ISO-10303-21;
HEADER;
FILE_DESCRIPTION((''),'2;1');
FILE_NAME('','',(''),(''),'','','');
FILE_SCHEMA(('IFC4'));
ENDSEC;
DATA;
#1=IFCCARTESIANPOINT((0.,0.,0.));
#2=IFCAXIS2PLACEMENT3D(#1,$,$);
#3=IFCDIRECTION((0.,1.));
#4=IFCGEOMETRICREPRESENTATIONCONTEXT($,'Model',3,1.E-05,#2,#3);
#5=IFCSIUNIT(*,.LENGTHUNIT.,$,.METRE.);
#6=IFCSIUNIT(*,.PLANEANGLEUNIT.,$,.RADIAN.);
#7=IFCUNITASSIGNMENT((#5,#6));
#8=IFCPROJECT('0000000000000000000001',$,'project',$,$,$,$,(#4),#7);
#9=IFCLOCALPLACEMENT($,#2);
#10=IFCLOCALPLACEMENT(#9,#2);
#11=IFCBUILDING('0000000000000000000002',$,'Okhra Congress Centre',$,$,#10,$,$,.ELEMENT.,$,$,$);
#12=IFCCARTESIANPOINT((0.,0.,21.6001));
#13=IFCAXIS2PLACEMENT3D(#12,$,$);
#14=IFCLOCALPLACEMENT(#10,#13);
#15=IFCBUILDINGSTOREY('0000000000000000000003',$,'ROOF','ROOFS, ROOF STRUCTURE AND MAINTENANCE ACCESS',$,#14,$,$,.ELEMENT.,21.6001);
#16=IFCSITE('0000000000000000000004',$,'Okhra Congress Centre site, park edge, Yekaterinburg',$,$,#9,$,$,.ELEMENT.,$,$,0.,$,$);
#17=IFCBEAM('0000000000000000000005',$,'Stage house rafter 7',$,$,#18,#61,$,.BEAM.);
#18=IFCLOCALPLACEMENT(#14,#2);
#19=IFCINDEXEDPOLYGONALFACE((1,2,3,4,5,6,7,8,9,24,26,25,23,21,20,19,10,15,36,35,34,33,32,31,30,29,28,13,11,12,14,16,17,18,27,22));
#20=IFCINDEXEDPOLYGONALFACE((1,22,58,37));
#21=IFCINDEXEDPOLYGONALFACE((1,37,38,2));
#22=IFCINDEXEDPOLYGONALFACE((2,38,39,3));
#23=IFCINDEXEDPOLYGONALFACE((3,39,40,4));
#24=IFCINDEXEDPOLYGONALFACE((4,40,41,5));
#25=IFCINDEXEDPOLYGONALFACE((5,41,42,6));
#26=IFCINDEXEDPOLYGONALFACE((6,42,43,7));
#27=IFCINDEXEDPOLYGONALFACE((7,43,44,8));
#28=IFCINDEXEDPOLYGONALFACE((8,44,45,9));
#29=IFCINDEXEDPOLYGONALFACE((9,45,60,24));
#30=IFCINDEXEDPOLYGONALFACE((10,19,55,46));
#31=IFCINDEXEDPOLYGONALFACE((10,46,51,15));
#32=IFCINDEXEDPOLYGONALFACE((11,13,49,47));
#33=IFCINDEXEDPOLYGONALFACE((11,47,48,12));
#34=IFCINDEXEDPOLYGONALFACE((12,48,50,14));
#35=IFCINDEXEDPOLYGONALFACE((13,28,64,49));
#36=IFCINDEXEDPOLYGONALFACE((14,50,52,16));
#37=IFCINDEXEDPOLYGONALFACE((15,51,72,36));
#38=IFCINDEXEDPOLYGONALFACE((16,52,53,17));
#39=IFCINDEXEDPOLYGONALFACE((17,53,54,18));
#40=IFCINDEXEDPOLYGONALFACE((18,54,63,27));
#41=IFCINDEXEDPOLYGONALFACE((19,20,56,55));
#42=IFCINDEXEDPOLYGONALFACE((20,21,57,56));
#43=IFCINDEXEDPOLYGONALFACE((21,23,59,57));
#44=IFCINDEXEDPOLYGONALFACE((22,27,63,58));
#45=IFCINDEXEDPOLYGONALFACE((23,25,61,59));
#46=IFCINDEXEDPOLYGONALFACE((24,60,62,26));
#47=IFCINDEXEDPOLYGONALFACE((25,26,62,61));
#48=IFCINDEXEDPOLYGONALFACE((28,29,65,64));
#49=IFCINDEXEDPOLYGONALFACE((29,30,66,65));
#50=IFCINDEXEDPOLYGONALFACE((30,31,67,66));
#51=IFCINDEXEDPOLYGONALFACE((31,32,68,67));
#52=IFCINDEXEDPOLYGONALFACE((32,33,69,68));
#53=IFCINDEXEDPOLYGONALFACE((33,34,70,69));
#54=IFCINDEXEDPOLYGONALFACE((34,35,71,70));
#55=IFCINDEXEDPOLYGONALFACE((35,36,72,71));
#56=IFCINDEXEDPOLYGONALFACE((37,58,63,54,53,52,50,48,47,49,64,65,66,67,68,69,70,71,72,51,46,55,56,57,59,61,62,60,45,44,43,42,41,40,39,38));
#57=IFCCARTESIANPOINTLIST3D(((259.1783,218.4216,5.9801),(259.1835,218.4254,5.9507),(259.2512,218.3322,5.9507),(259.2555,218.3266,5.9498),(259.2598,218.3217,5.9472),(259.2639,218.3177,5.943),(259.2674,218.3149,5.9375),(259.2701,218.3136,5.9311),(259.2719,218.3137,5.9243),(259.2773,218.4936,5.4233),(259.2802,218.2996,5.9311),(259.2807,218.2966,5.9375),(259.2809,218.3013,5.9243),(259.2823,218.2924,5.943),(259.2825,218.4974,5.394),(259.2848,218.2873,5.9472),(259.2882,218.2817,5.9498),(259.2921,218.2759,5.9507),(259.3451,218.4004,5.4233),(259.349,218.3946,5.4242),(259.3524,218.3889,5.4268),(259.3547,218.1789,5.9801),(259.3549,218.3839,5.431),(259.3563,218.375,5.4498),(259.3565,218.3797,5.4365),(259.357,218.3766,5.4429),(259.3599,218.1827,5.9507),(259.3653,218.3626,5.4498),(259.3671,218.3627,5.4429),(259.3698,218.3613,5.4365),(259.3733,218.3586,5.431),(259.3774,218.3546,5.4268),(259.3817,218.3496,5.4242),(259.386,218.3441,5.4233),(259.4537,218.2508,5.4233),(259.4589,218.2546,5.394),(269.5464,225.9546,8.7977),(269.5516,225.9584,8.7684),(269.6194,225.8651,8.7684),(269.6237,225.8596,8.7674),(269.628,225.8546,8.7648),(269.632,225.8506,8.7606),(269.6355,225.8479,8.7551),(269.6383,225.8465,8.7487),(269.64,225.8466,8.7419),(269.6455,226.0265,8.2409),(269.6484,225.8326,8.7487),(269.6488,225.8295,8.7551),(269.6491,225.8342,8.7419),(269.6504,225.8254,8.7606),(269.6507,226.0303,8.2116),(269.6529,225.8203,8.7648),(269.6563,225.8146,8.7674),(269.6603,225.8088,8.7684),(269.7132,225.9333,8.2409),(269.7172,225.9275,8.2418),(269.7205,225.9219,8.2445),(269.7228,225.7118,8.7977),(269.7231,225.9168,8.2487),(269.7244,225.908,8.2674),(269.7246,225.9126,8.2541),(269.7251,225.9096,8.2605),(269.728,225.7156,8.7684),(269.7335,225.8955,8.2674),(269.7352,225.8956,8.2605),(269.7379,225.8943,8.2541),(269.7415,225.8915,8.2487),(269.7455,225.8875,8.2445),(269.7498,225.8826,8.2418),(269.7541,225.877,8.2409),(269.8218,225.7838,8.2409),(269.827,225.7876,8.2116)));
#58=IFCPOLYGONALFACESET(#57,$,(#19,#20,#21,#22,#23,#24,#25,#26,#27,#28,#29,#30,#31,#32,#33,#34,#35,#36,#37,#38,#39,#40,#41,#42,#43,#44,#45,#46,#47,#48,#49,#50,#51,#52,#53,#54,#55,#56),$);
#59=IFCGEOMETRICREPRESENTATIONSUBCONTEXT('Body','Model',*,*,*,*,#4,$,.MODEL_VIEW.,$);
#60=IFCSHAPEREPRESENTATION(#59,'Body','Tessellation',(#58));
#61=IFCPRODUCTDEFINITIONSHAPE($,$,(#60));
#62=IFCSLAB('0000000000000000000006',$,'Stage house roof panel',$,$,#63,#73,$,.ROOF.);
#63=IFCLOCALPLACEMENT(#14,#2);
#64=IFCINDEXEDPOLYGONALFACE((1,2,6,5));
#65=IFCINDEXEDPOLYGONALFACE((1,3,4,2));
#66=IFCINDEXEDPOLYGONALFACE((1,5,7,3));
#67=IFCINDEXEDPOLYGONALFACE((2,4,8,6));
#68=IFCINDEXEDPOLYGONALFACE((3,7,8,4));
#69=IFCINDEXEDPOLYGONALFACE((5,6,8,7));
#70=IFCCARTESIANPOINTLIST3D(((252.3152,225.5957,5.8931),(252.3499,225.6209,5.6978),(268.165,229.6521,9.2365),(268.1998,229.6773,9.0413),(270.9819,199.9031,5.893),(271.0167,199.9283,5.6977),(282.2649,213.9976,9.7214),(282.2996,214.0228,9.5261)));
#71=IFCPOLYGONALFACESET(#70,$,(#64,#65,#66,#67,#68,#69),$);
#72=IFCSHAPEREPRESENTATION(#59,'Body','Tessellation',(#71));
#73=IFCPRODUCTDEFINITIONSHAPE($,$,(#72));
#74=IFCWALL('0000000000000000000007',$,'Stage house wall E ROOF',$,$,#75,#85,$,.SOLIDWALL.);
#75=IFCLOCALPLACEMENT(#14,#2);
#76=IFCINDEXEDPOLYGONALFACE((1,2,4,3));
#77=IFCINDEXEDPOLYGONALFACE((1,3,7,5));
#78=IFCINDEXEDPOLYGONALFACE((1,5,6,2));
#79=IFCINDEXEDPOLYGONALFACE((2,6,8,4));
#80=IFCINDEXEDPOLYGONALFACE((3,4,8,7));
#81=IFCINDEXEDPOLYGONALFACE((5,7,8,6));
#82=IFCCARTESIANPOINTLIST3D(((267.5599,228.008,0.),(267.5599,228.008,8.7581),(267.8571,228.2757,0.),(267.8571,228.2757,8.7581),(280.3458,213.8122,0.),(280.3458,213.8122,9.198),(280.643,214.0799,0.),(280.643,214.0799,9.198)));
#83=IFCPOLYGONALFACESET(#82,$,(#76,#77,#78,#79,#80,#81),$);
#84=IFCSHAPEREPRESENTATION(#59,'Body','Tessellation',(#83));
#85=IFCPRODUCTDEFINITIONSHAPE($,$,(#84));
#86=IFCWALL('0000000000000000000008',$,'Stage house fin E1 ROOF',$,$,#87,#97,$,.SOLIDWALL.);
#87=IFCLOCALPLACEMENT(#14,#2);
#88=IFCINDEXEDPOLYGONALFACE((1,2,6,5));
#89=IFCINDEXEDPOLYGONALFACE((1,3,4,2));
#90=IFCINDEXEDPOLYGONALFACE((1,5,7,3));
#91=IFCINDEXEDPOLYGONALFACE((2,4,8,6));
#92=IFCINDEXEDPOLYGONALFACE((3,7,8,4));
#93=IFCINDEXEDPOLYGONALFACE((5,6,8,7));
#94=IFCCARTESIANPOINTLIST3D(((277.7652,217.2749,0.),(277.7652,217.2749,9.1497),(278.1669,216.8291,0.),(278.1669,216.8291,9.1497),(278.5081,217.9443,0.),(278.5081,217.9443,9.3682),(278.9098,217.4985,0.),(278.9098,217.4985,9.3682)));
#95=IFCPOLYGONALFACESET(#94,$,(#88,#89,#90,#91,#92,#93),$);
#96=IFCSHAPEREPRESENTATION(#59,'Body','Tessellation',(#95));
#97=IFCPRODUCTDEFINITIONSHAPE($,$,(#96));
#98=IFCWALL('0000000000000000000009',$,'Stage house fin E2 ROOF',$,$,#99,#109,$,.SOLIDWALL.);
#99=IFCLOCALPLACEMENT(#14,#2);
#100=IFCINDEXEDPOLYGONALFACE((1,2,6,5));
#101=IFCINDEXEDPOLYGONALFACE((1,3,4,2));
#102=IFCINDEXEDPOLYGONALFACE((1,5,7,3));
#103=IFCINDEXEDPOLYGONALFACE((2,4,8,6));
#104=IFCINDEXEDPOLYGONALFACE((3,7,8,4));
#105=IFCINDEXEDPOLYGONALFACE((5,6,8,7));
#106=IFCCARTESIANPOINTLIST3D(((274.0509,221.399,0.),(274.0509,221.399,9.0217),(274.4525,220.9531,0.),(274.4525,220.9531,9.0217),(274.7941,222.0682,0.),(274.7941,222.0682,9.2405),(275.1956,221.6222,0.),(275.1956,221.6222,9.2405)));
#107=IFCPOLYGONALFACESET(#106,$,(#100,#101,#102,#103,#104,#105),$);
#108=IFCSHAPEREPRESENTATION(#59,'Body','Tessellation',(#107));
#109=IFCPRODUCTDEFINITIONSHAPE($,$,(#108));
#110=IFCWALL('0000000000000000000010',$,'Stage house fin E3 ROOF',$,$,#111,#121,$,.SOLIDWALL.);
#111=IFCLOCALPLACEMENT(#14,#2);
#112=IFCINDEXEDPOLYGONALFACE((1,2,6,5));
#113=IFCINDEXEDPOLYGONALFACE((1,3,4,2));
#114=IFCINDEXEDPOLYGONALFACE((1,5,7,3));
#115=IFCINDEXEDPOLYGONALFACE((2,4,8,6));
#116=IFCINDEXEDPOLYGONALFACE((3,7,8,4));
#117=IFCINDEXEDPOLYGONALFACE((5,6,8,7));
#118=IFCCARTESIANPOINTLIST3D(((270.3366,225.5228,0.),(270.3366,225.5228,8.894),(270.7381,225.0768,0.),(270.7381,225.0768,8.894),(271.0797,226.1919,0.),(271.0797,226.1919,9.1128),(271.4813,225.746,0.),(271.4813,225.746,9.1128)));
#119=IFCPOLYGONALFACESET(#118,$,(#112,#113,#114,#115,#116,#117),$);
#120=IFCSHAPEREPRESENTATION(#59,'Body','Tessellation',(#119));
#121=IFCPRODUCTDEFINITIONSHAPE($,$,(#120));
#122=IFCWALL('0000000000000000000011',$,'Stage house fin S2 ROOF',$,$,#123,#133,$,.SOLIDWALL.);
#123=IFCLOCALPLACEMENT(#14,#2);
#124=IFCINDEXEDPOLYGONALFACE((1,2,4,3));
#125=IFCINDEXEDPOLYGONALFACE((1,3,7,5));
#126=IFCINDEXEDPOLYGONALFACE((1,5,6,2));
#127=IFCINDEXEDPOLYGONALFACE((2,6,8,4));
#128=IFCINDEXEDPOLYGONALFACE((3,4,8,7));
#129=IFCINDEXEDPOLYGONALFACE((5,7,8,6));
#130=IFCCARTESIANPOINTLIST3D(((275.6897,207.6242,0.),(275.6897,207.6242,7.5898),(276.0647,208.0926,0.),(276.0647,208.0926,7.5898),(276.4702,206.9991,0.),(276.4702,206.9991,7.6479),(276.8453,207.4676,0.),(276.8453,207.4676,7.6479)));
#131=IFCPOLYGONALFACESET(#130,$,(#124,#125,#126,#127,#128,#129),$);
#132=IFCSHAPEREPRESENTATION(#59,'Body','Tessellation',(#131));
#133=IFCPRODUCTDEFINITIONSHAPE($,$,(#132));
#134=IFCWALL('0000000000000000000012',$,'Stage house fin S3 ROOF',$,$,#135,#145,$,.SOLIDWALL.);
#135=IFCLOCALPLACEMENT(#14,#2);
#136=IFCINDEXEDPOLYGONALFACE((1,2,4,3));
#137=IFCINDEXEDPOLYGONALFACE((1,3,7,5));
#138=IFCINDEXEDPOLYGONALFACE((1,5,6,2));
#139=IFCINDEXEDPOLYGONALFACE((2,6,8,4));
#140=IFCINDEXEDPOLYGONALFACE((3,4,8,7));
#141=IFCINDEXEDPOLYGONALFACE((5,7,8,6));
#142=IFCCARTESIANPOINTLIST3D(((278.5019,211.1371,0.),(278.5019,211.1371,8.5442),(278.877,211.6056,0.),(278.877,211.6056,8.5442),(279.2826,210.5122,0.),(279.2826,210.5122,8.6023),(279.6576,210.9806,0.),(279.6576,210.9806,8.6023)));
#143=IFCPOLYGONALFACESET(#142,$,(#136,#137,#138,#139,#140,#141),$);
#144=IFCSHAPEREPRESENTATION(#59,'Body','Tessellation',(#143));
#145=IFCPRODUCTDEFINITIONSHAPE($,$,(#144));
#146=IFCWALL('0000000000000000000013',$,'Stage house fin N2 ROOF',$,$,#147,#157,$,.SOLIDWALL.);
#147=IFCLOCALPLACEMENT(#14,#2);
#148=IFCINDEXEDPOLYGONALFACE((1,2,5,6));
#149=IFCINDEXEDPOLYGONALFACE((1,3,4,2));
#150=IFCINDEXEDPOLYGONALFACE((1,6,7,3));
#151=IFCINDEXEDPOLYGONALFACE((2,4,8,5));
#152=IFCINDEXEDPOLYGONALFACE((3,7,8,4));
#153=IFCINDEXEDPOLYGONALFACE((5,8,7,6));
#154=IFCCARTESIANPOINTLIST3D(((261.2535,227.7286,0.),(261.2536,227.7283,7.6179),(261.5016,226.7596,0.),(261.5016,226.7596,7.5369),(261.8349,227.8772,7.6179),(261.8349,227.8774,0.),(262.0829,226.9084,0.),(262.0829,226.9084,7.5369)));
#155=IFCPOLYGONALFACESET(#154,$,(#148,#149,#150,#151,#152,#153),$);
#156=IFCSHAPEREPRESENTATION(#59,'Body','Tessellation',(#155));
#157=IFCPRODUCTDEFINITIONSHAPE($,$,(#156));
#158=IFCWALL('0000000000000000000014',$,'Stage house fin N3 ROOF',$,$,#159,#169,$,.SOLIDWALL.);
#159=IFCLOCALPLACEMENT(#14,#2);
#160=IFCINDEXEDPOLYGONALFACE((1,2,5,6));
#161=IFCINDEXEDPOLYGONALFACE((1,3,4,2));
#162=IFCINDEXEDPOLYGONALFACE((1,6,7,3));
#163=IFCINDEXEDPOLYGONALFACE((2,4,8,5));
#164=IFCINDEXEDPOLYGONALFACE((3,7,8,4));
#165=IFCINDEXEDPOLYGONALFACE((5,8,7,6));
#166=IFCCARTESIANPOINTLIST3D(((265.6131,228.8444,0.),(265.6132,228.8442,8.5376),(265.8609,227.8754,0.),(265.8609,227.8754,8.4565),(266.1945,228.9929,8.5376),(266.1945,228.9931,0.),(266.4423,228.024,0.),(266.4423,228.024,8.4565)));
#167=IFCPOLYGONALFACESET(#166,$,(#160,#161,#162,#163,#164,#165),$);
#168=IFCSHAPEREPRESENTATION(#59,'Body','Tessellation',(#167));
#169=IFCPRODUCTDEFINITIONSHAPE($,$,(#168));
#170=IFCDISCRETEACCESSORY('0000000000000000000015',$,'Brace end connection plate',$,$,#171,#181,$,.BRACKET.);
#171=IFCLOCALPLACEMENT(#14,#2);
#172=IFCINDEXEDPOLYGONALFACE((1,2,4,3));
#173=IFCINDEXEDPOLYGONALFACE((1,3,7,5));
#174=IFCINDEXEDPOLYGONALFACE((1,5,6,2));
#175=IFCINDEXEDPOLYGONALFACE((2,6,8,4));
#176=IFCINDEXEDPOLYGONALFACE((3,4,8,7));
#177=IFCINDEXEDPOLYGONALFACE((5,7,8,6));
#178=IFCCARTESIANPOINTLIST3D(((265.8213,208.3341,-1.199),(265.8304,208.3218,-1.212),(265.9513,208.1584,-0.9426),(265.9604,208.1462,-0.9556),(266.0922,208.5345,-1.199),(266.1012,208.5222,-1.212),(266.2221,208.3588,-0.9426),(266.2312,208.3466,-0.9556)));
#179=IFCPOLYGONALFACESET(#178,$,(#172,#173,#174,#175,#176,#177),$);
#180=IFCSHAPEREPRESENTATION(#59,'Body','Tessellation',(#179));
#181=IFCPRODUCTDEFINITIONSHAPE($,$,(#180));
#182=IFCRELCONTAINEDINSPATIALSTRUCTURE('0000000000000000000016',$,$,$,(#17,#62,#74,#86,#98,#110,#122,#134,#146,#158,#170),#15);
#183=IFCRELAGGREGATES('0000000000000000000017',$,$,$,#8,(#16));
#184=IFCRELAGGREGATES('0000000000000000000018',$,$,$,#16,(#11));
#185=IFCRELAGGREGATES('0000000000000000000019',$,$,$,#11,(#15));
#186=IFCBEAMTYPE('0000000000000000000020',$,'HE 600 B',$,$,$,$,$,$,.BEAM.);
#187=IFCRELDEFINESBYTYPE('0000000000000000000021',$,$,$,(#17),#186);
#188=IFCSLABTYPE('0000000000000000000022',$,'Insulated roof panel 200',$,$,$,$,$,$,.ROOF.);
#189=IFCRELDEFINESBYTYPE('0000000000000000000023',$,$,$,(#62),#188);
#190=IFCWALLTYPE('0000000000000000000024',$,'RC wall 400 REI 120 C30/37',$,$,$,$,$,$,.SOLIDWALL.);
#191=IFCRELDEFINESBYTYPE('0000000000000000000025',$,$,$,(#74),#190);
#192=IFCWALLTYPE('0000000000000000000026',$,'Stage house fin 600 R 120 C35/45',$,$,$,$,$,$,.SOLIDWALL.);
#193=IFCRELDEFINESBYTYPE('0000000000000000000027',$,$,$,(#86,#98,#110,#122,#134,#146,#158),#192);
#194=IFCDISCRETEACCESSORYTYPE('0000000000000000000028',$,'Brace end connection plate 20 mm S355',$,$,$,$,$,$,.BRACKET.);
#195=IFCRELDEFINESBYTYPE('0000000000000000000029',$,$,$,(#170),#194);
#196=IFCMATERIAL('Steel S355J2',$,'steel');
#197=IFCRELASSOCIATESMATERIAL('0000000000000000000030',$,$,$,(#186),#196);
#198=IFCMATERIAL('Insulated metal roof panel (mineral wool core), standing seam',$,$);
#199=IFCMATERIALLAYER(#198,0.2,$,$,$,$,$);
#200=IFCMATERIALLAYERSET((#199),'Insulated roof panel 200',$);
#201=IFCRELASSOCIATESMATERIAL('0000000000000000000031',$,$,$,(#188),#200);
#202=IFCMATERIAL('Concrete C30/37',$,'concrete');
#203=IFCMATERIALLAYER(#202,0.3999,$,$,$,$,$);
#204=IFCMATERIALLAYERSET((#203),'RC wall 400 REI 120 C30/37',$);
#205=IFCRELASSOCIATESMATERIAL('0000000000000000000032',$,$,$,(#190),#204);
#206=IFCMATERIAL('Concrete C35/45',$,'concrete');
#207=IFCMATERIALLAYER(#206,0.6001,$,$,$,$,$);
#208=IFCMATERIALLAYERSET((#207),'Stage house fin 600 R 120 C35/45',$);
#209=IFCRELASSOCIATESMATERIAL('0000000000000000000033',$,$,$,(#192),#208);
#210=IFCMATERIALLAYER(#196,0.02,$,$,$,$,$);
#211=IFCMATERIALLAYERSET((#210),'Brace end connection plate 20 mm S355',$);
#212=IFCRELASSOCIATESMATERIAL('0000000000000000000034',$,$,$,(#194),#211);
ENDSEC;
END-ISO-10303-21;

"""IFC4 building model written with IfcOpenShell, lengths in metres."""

from ifc_helpers import new_model, si_unit, direction, frame, origin, origin_2d, place, context, subcontext, project, spatial, polyline, rectangle, i_section, outline, extrude, material, layer, layer_set, material_profile, profile_set, type_object, element, save


model = new_model("IFC4")

# Units and contexts
model_context = context("Model", 3, precision=1e-05, world=origin(), true_north=direction((0.0, 1.0)))
body_context = subcontext(model_context, "Body", "Model", "MODEL_VIEW")
ifc_project = project(units=[si_unit("LENGTHUNIT", "METRE"), si_unit("PLANEANGLEUNIT", "RADIAN")], contexts=[model_context])

# Site, building, storey
site_placement = place(None, origin())
site = spatial("IfcSite", under=ifc_project, at=site_placement, Name="Okhra Congress Centre site, park edge, Yekaterinburg", CompositionType="ELEMENT", RefElevation=0.0)
building_placement = place(site_placement, origin())
building = spatial("IfcBuilding", under=site, at=building_placement, Name="Okhra Congress Centre", CompositionType="ELEMENT")
storey_placement = place(building_placement, frame((0.0, 0.0, 21.6001)))
storey = spatial("IfcBuildingStorey", under=building, at=storey_placement, Name="ROOF", Description="ROOFS, ROOF STRUCTURE AND MAINTENANCE ACCESS", CompositionType="ELEMENT", Elevation=21.6001)

# Beam
ifc_material_1 = material(Name="Steel S355J2", Category="steel")
ifc_material_profile_1 = material_profile(ifc_material_1, i_section(OverallWidth=0.3, OverallDepth=0.6001, WebThickness=0.0154, FlangeThickness=0.03, FilletRadius=0.0271, at=origin_2d()), Name="HE 600 B")
ifc_profile_set_1 = profile_set([ifc_material_profile_1], Name="Steel S355J2")
beam_type = type_object("IfcBeamType", Name="HE 600 B", PredefinedType="BEAM", material=ifc_profile_set_1)
beam_1_placement = place(storey_placement, frame((259.3186, 218.3381, 5.687), z_axis=(0.790144, 0.574077, 0.214728), x_axis=(-0.587788, 0.809015, 0.0)))
element("IfcBeam", 1, at=beam_1_placement, inside=storey, type_object=beam_type, Name="Stage house rafter 7", PredefinedType="BEAM", context=body_context, shape_type="SweptSolid", body=[
    extrude(i_section(OverallWidth=0.3, OverallDepth=0.6001, WebThickness=0.0154, FlangeThickness=0.03, FilletRadius=0.0271, at=origin_2d()), origin(), (0.0, 0.0, 1.0), 13.1218),
])

# Slab
ifc_material_2 = material(Name="Insulated metal roof panel (mineral wool core), standing seam")
ifc_layer_1 = layer(ifc_material_2, 0.2)
ifc_layer_set_1 = layer_set([ifc_layer_1], Name="Insulated roof panel 200")
slab_type = type_object("IfcSlabType", Name="Insulated roof panel 200", PredefinedType="ROOF", material=ifc_layer_set_1)
slab_placement = place(storey_placement, frame((282.2649, 213.9976, 9.7214), z_axis=(-0.173723, -0.126218, 0.976673), x_axis=(-0.66907, 0.742843, -0.023009)))
element("IfcSlab", 2, at=slab_placement, inside=storey, type_object=slab_type, Name="Stage house roof panel", PredefinedType="ROOF", context=body_context, shape_type="SweptSolid", body=[
    extrude(outline(polyline([(0.0, 0.0), (21.0738, 0.0), (28.7421, 14.834), (-2.8328, 18.2371), (0.0, 0.0)])), origin(), (0.0, 0.0, -1.0), 0.2),
])

# Walls
ifc_material_3 = material(Name="Concrete C30/37", Category="concrete")
ifc_layer_2 = layer(ifc_material_3, 0.3999)
ifc_layer_set_2 = layer_set([ifc_layer_2], Name="RC wall 400 REI 120 C30/37")
wall_type_1 = type_object("IfcWallType", Name="RC wall 400 REI 120 C30/37", PredefinedType="SOLIDWALL", material=ifc_layer_set_2)
wall_1_placement = place(storey_placement, frame((280.4944, 213.946, 0.0), z_axis=(0.0, 0.0, 1.0), x_axis=(-0.669244, 0.743042, 0.0)))
element("IfcWall", 3, at=wall_1_placement, inside=storey, type_object=wall_type_1, Name="Stage house wall E ROOF", PredefinedType="SOLIDWALL", context=body_context, shape_type="SweptSolid", body=[
    extrude(outline(polyline([(0.0, 0.0), (19.105, 0.0), (19.105, 8.7581), (0.0, 9.198), (0.0, 0.0)])), frame((0.0, 0.2, 0.0), z_axis=(0.0, -1.0, 0.0), x_axis=(1.0, 0.0, 0.0)), (0.0, 0.0, 1.0), 0.3999),
])
ifc_material_4 = material(Name="Concrete C35/45", Category="concrete")
ifc_layer_3 = layer(ifc_material_4, 0.6001)
ifc_layer_set_3 = layer_set([ifc_layer_3], Name="Stage house fin 600 R 120 C35/45")
wall_type_2 = type_object("IfcWallType", Name="Stage house fin 600 R 120 C35/45", PredefinedType="SOLIDWALL", material=ifc_layer_set_3)
wall_2_placement = place(storey_placement, frame((277.9661, 217.052, 0.0), z_axis=(0.0, 0.0, 1.0), x_axis=(0.742893, 0.66941, 0.0)))
element("IfcWall", 4, at=wall_2_placement, inside=storey, type_object=wall_type_2, Name="Stage house fin E1 ROOF", PredefinedType="SOLIDWALL", context=body_context, shape_type="SweptSolid", body=[
    extrude(outline(polyline([(0.0, 0.0), (1.0, 0.0), (1.0, 9.3682), (0.0, 9.1497), (0.0, 0.0)])), frame((0.0, 0.3, 0.0), z_axis=(0.0, -1.0, 0.0), x_axis=(1.0, 0.0, 0.0)), (0.0, 0.0, 1.0), 0.6001),
])
wall_3_placement = place(storey_placement, frame((274.2517, 221.176, 0.0), z_axis=(0.0, 0.0, 1.0), x_axis=(0.743124, 0.669154, 0.0)))
element("IfcWall", 5, at=wall_3_placement, inside=storey, type_object=wall_type_2, Name="Stage house fin E2 ROOF", PredefinedType="SOLIDWALL", context=body_context, shape_type="SweptSolid", body=[
    extrude(outline(polyline([(0.0, 0.0), (1.0, 0.0), (1.0, 9.2405), (0.0, 9.0217), (0.0, 0.0)])), frame((0.0, 0.3, 0.0), z_axis=(0.0, -1.0, 0.0), x_axis=(1.0, 0.0, 0.0)), (0.0, 0.0, 1.0), 0.6001),
])
wall_4_placement = place(storey_placement, frame((270.5374, 225.2998, 0.0), z_axis=(0.0, 0.0, 1.0), x_axis=(0.743124, 0.669154, 0.0)))
element("IfcWall", 6, at=wall_4_placement, inside=storey, type_object=wall_type_2, Name="Stage house fin E3 ROOF", PredefinedType="SOLIDWALL", context=body_context, shape_type="SweptSolid", body=[
    extrude(outline(polyline([(0.0, 0.0), (1.0, 0.0), (1.0, 9.1128), (0.0, 8.894), (0.0, 0.0)])), frame((0.0, 0.3, 0.0), z_axis=(0.0, -1.0, 0.0), x_axis=(1.0, 0.0, 0.0)), (0.0, 0.0, 1.0), 0.6001),
])
wall_5_placement = place(storey_placement, frame((275.8772, 207.8584, 0.0), z_axis=(0.0, 0.0, 1.0), x_axis=(0.780583, -0.625052, 0.0)))
element("IfcWall", 7, at=wall_5_placement, inside=storey, type_object=wall_type_2, Name="Stage house fin S2 ROOF", PredefinedType="SOLIDWALL", context=body_context, shape_type="SweptSolid", body=[
    extrude(outline(polyline([(0.0, 0.0), (1.0, 0.0), (1.0, 7.6479), (0.0, 7.5898), (0.0, 0.0)])), frame((0.0, 0.3, 0.0), z_axis=(0.0, -1.0, 0.0), x_axis=(1.0, 0.0, 0.0)), (0.0, 0.0, 1.0), 0.6001),
])
wall_6_placement = place(storey_placement, frame((278.6895, 211.3713, 0.0), z_axis=(0.0, 0.0, 1.0), x_axis=(0.780678, -0.624933, 0.0)))
element("IfcWall", 8, at=wall_6_placement, inside=storey, type_object=wall_type_2, Name="Stage house fin S3 ROOF", PredefinedType="SOLIDWALL", context=body_context, shape_type="SweptSolid", body=[
    extrude(outline(polyline([(0.0, 0.0), (1.0, 0.0), (1.0, 8.6023), (0.0, 8.5442), (0.0, 0.0)])), frame((0.0, 0.3, 0.0), z_axis=(0.0, -1.0, 0.0), x_axis=(1.0, 0.0, 0.0)), (0.0, 0.0, 1.0), 0.6001),
])
wall_7_placement = place(storey_placement, frame((261.7922, 226.834, 0.0), z_axis=(0.0, 0.0, 1.0), x_axis=(-0.247988, 0.968763, 0.0)))
element("IfcWall", 9, at=wall_7_placement, inside=storey, type_object=wall_type_2, Name="Stage house fin N2 ROOF", PredefinedType="SOLIDWALL", context=body_context, shape_type="SweptSolid", body=[
    extrude(outline(polyline([(0.0, 0.0), (1.0002, 0.0), (1.0, 7.6179), (0.0, 7.5369), (0.0, 0.0)])), frame((0.0, 0.3, 0.0), z_axis=(0.0, -1.0, 0.0), x_axis=(1.0, 0.0, 0.0)), (0.0, 0.0, 1.0), 0.6001),
])
wall_8_placement = place(storey_placement, frame((266.1516, 227.9497, 0.0), z_axis=(0.0, 0.0, 1.0), x_axis=(-0.247759, 0.968822, 0.0)))
element("IfcWall", 10, at=wall_8_placement, inside=storey, type_object=wall_type_2, Name="Stage house fin N3 ROOF", PredefinedType="SOLIDWALL", context=body_context, shape_type="SweptSolid", body=[
    extrude(outline(polyline([(0.0, 0.0), (1.0002, 0.0), (1.0, 8.5376), (0.0, 8.4565), (0.0, 0.0)])), frame((0.0, 0.3, 0.0), z_axis=(0.0, -1.0, 0.0), x_axis=(1.0, 0.0, 0.0)), (0.0, 0.0, 1.0), 0.6001),
])

# Discrete accessory
ifc_layer_4 = layer(ifc_material_1, 0.02)
ifc_layer_set_4 = layer_set([ifc_layer_4], Name="Brace end connection plate 20 mm S355")
discrete_accessory_type = type_object("IfcDiscreteAccessoryType", Name="Brace end connection plate 20 mm S355", PredefinedType="BRACKET", material=ifc_layer_set_4)
for number, where, z_axis, x_axis, name in (
    (11, (266.0217, 208.3464, -1.0708), (0.452771, -0.611853, -0.648564), (0.803842, 0.594843, 0.0), "Brace end connection plate"),
):
    element("IfcDiscreteAccessory", number, at=place(storey_placement, frame(where, z_axis=z_axis, x_axis=x_axis)), inside=storey, type_object=discrete_accessory_type, Name=name, PredefinedType="BRACKET", context=body_context, shape_type="SweptSolid", body=[
        extrude(rectangle(XDim=0.3369, YDim=0.3369, at=origin_2d()), origin(), (0.0, 0.0, 1.0), 0.02),
    ])

save(model, "model.ifc")
